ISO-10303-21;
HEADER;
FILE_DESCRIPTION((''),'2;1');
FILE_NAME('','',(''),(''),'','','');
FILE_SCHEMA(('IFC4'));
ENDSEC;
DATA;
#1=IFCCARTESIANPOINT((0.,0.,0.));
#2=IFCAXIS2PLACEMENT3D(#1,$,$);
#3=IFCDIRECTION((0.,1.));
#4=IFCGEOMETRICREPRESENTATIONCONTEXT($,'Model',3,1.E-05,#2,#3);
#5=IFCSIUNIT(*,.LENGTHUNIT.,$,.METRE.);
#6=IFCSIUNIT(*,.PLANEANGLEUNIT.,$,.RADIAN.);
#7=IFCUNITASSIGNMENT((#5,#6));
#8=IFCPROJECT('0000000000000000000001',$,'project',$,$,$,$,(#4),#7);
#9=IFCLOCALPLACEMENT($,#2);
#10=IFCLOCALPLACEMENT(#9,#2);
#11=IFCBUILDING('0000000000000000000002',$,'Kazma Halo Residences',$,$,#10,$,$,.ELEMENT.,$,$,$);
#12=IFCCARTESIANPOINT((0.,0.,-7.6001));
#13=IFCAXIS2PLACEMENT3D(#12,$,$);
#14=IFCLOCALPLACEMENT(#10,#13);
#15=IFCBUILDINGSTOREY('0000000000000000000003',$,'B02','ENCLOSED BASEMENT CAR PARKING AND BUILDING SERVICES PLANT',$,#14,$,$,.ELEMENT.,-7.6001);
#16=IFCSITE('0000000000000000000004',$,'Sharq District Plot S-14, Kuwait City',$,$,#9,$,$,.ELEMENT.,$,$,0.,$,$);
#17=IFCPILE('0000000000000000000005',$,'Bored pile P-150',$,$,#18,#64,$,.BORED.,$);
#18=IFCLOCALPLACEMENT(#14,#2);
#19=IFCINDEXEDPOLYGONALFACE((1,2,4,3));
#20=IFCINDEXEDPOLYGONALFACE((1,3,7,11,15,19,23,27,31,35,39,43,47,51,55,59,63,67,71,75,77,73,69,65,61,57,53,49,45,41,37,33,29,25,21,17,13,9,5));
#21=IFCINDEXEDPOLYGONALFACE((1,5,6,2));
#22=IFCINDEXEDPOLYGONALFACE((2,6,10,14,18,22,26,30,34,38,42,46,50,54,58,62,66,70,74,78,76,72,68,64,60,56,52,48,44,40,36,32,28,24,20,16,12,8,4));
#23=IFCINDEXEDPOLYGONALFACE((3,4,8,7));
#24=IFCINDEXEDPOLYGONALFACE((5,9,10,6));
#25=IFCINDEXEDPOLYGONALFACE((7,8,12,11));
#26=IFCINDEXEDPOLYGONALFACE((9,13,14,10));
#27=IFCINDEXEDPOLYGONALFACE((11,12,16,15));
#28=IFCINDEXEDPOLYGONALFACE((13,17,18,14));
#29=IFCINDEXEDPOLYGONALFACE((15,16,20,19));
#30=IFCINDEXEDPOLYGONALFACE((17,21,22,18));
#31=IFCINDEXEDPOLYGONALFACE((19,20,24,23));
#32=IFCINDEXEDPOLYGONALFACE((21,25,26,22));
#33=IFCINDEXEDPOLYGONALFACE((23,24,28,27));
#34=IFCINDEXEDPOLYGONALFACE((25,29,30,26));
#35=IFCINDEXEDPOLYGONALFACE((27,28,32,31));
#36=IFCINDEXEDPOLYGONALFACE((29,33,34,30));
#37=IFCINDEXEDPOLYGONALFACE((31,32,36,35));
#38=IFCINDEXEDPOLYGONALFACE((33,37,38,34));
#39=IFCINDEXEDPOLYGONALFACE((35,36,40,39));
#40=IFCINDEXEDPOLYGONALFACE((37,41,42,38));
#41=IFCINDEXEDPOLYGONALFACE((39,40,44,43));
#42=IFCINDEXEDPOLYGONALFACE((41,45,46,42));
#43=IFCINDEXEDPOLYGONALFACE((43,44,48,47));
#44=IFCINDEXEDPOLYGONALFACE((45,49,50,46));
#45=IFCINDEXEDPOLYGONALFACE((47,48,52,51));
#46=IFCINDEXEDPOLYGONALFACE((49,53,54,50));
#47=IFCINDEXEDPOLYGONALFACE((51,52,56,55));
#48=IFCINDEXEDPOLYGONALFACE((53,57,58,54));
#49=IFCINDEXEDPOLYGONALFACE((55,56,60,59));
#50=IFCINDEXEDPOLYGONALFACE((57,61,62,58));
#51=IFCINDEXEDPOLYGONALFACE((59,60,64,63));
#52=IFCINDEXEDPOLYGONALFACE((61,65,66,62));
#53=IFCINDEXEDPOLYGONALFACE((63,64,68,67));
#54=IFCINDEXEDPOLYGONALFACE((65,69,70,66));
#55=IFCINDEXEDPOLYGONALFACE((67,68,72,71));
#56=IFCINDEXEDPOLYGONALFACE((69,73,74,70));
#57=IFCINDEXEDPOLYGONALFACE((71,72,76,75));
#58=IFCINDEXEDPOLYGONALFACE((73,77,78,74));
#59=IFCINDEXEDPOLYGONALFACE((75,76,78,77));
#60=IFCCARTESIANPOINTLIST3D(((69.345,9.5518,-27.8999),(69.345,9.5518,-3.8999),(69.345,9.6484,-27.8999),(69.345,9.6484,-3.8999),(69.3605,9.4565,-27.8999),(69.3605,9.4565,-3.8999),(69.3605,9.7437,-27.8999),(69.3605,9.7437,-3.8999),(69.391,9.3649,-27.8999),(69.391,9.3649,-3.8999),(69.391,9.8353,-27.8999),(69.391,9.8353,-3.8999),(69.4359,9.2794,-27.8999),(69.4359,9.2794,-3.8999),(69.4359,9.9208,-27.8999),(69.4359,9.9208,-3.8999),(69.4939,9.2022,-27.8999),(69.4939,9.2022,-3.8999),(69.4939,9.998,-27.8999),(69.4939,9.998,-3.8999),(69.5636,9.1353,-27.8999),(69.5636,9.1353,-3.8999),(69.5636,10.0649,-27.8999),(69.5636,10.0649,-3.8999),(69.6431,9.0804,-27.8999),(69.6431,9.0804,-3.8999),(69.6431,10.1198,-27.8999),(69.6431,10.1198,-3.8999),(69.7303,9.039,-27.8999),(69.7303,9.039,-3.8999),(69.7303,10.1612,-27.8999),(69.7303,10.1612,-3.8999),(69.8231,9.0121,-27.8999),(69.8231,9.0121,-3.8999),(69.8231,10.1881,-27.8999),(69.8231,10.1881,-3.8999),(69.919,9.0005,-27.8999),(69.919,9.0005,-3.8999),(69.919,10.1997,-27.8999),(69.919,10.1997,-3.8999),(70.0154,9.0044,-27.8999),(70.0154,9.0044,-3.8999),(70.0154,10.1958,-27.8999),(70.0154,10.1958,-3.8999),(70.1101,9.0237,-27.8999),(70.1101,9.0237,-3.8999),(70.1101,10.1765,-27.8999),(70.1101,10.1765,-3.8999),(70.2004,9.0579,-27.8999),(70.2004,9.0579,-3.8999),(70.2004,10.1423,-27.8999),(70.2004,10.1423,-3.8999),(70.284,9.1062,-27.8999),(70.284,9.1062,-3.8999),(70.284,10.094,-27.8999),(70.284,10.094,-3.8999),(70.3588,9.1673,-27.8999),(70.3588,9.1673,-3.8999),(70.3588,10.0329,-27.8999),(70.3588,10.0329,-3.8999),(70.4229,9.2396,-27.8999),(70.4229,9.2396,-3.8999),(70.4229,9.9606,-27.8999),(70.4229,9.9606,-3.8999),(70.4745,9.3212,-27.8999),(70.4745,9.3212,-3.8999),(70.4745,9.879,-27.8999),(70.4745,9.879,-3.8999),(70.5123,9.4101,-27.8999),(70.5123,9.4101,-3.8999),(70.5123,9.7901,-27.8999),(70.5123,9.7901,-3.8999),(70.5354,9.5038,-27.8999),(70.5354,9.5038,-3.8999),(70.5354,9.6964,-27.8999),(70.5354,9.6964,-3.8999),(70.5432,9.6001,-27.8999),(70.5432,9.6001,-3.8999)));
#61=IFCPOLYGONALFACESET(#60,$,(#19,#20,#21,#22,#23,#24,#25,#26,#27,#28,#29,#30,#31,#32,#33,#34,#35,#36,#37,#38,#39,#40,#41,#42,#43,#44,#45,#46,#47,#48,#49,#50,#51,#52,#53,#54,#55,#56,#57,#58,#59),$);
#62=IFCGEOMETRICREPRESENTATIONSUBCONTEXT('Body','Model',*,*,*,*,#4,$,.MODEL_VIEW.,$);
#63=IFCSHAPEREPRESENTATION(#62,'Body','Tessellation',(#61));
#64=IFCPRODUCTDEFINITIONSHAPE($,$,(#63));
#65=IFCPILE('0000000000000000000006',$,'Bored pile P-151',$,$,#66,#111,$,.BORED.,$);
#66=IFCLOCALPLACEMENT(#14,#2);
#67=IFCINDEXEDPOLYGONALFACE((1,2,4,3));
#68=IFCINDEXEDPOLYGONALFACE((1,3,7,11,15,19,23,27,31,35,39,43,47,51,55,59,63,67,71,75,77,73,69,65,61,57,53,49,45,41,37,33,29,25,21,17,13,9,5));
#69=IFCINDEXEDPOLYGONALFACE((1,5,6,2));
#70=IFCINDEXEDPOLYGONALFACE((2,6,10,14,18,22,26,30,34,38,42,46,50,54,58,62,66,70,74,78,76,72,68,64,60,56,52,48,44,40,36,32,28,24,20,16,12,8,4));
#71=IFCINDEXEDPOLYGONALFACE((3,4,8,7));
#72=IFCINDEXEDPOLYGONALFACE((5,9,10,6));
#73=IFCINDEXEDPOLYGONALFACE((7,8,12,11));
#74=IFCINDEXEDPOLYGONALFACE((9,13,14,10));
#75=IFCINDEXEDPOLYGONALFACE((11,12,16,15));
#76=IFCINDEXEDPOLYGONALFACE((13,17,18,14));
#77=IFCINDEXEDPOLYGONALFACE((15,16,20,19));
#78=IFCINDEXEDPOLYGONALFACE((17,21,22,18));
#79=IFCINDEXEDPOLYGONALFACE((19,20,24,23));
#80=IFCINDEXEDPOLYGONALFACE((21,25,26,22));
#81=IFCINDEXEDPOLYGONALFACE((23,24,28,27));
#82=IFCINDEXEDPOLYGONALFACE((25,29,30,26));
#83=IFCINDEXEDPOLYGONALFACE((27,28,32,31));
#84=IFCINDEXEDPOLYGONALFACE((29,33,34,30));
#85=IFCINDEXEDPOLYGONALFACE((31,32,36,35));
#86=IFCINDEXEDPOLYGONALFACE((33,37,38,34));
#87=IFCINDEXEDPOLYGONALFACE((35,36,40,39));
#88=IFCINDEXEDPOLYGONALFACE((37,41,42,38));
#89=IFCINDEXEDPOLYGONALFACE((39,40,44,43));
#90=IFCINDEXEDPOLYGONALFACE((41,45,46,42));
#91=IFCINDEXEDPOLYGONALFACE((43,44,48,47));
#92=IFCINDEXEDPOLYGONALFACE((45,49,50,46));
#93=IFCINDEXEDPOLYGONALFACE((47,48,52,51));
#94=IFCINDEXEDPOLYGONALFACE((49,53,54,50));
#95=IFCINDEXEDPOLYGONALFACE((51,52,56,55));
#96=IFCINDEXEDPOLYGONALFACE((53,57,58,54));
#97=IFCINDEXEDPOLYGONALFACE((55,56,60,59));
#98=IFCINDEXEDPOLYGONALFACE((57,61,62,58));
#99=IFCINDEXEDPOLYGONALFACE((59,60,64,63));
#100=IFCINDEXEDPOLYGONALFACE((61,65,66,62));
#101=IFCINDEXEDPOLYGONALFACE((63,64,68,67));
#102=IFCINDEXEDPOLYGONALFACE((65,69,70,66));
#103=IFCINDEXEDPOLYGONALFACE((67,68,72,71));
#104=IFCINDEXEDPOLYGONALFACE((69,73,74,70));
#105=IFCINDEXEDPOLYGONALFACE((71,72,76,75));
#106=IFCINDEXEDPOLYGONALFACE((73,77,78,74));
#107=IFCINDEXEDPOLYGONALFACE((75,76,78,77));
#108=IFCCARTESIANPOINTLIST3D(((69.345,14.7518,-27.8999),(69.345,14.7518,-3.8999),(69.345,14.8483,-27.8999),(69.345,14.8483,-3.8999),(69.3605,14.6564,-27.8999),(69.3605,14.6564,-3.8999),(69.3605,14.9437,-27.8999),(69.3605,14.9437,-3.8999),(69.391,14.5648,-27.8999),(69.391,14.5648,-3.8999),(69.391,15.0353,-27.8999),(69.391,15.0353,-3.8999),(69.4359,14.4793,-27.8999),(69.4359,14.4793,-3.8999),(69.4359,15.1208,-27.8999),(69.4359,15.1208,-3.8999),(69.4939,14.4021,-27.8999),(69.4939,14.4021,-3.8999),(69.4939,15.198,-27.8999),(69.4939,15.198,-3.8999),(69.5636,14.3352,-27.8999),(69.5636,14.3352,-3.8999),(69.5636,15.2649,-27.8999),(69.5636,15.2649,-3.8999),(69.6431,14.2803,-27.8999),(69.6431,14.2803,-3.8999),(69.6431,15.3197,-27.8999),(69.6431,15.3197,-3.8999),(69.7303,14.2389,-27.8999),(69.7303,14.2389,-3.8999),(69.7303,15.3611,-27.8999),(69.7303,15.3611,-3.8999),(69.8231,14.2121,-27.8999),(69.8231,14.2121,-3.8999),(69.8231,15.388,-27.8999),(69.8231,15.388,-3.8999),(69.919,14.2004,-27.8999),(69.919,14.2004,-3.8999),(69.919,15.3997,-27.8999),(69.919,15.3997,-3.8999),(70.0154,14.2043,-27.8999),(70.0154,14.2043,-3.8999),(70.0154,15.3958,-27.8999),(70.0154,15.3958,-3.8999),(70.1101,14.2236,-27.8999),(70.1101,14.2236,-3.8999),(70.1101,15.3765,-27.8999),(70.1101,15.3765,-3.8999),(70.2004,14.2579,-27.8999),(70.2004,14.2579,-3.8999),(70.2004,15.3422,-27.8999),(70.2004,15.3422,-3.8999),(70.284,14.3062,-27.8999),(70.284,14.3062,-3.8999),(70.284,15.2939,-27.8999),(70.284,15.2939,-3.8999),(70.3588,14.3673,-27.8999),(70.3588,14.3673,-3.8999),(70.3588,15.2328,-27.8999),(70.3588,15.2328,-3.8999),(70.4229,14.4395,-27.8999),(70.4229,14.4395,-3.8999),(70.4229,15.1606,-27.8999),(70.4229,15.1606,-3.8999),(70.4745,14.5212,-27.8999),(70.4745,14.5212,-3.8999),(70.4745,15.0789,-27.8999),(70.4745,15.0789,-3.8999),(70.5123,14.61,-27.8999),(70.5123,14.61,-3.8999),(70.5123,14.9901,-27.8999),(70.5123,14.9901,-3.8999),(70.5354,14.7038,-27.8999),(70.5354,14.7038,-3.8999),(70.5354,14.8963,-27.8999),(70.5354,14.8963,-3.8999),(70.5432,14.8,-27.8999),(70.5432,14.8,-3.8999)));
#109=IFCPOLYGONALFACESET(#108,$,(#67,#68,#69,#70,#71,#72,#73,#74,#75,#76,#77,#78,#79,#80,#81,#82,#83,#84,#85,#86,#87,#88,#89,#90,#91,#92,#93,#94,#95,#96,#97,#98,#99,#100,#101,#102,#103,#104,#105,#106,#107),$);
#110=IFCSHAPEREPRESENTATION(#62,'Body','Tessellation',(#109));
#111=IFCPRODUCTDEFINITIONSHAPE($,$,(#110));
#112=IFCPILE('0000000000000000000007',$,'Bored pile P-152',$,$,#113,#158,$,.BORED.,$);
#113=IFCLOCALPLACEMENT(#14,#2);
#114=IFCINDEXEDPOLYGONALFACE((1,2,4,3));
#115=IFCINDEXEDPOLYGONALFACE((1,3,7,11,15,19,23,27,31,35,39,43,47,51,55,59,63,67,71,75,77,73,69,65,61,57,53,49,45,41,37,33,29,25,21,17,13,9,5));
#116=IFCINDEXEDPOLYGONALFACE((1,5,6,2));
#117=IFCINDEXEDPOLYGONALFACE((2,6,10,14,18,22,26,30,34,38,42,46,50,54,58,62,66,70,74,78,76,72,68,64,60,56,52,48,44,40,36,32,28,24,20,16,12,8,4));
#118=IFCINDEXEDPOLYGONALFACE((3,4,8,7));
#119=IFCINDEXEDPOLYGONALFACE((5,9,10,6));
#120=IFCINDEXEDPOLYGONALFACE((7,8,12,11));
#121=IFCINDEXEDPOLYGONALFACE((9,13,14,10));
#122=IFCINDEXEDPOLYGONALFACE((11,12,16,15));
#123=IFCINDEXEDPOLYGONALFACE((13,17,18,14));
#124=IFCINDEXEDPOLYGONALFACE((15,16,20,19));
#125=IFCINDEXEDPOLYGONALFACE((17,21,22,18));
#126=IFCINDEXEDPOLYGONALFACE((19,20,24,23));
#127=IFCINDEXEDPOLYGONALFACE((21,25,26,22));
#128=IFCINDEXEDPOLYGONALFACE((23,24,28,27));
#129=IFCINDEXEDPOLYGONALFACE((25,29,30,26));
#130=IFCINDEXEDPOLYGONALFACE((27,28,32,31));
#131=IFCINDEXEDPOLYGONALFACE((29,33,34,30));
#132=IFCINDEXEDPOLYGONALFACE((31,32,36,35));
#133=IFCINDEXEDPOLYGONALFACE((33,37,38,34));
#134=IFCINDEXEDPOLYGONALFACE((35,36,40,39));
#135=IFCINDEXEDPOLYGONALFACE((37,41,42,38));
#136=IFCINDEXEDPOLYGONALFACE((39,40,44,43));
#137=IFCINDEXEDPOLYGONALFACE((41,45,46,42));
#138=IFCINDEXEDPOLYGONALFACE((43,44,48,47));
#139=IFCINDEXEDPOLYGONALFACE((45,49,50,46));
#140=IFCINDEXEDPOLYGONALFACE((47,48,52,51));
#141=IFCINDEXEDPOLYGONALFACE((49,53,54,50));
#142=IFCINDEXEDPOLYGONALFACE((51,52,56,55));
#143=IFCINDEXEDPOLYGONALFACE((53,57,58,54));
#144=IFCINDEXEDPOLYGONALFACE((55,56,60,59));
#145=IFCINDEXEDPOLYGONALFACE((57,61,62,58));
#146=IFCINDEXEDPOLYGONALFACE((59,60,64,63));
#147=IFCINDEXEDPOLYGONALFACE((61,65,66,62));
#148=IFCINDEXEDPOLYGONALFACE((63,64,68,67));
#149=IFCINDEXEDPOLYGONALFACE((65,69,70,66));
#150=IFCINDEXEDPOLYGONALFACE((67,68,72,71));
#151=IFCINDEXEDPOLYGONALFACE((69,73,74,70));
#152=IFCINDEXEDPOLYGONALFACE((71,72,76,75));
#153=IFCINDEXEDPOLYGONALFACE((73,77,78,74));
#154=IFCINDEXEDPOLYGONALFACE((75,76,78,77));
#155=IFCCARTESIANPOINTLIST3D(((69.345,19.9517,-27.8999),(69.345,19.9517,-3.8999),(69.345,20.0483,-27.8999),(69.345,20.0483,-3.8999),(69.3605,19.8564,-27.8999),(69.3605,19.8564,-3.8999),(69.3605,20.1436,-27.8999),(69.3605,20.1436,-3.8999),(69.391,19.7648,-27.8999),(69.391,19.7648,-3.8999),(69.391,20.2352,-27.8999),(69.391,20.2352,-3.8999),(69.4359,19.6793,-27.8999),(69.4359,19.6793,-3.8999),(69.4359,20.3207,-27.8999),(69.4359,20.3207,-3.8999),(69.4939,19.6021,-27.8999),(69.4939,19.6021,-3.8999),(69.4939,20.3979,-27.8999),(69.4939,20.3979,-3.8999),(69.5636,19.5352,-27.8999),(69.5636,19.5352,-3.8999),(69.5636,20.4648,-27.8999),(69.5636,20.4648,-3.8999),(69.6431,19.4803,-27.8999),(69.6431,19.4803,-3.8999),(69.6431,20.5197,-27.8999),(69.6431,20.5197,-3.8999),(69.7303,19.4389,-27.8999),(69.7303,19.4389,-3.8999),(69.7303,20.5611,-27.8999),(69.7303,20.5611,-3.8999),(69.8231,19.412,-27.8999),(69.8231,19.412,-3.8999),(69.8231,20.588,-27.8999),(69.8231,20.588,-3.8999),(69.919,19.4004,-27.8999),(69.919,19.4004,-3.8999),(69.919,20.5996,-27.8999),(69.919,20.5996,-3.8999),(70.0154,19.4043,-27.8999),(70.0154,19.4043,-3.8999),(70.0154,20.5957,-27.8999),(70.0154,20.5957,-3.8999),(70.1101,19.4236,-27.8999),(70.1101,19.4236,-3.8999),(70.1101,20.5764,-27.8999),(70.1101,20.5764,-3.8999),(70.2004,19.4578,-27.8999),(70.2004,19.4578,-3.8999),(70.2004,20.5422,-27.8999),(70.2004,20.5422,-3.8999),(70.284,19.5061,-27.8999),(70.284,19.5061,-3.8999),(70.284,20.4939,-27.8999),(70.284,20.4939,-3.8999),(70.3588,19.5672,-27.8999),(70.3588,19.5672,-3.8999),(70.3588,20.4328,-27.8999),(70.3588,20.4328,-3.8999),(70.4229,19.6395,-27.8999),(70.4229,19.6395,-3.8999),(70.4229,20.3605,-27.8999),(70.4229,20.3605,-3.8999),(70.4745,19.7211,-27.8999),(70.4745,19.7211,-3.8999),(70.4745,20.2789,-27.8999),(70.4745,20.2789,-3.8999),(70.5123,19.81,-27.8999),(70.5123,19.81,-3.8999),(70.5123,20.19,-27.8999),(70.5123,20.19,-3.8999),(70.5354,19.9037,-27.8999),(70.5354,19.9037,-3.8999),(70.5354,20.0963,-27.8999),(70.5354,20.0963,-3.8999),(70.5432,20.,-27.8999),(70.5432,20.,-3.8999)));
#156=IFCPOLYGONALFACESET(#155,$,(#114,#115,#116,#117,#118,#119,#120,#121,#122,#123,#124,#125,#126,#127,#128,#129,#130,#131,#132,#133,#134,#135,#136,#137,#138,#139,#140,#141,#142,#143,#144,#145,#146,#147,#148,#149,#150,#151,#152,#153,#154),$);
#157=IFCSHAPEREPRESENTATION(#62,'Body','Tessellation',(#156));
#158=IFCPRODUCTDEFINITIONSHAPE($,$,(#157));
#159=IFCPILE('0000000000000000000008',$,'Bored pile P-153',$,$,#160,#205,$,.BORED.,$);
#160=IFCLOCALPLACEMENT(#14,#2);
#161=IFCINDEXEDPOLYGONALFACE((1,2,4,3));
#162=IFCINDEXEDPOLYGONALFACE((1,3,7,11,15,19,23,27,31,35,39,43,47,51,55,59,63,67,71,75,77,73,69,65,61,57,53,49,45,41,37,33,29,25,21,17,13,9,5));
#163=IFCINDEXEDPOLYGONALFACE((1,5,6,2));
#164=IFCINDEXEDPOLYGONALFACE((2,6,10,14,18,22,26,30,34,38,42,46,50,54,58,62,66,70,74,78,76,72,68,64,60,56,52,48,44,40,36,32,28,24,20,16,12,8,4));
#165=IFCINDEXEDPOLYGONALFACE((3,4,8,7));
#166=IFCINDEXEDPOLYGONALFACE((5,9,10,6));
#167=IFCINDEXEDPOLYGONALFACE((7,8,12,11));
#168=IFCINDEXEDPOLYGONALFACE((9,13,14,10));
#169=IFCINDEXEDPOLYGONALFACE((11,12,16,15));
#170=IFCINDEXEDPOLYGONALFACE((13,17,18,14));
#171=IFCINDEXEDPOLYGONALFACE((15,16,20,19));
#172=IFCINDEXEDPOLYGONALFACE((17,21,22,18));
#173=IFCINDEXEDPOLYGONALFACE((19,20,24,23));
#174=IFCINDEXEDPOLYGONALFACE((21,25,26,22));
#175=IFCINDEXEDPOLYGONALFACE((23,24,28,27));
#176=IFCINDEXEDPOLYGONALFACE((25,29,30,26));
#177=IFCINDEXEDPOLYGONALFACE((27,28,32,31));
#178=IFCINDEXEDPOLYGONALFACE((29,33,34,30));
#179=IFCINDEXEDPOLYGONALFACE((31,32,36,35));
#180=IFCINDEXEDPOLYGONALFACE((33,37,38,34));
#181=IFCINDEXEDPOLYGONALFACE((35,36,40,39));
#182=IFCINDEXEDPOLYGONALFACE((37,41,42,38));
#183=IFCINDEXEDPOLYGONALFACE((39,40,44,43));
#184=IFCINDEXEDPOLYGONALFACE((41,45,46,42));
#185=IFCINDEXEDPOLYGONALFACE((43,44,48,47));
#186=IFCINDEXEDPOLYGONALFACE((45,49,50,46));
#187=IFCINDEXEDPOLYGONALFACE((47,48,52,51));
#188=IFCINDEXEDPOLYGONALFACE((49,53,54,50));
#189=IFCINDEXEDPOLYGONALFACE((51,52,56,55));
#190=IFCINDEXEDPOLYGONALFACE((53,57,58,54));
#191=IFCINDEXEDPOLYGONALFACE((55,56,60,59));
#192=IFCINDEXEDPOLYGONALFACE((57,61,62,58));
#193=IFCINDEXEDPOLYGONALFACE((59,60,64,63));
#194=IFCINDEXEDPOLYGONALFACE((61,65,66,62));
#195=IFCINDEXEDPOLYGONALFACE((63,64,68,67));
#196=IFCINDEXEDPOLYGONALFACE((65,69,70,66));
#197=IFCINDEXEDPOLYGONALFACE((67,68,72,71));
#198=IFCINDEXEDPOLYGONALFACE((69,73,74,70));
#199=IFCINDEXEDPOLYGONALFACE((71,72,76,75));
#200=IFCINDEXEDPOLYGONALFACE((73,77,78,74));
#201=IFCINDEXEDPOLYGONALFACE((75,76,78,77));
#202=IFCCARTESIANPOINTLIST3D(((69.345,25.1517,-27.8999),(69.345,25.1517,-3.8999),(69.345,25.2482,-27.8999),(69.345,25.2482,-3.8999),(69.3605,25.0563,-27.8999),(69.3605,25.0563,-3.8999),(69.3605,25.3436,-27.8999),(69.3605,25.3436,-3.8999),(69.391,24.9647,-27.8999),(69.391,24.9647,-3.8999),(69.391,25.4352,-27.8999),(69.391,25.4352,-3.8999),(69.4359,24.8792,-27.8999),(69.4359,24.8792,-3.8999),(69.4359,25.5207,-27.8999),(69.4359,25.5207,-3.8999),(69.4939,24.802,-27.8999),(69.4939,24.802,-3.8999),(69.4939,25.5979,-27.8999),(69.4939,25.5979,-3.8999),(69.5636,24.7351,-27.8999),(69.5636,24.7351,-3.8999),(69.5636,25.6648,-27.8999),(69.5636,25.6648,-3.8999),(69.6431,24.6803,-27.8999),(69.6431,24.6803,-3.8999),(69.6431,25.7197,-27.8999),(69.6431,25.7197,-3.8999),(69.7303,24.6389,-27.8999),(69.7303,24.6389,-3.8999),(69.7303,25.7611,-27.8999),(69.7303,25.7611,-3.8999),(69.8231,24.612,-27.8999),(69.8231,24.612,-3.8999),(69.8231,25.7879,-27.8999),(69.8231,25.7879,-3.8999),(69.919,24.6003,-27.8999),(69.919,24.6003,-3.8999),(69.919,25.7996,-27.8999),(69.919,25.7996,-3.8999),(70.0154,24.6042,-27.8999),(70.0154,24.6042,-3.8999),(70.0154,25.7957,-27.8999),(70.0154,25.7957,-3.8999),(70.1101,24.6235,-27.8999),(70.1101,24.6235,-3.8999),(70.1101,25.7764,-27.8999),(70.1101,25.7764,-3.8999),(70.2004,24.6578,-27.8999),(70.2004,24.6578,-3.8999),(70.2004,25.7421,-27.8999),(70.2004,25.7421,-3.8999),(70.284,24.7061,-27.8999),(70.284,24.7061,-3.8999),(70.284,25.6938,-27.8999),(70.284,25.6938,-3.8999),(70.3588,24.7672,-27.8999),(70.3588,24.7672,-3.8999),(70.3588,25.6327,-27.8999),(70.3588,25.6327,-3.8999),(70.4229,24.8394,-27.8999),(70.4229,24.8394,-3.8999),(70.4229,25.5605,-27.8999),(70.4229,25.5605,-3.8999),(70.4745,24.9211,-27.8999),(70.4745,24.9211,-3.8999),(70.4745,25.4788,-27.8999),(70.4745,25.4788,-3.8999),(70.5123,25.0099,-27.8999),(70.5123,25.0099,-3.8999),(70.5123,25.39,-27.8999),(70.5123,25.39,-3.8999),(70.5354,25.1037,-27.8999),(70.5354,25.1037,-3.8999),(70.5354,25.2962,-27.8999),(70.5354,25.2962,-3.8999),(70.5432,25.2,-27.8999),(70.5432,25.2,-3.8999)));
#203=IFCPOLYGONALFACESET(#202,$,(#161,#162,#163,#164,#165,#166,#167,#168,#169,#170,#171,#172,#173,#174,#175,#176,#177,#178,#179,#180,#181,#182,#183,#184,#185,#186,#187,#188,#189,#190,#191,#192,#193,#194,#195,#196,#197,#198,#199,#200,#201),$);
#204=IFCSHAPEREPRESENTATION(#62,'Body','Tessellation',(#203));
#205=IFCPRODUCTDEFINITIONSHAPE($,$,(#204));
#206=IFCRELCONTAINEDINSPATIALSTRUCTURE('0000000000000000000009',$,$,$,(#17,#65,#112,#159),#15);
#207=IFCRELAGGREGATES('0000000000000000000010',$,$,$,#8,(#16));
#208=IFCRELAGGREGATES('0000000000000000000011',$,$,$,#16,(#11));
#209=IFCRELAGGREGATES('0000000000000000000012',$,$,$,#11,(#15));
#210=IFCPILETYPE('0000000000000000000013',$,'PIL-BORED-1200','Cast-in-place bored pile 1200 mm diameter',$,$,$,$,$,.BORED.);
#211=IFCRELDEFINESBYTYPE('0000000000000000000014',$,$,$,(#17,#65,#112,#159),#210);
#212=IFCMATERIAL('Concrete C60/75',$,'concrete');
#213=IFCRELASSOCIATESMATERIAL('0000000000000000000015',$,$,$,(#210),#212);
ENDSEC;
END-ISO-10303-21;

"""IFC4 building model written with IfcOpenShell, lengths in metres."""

from ifc_helpers import new_model, si_unit, direction, frame, origin, origin_2d, place, context, subcontext, project, spatial, circle, extrude, material, material_profile, profile_set, type_object, element, save


model = new_model("IFC4")

# Units and contexts
model_context = context("Model", 3, precision=1e-05, world=origin(), true_north=direction((0.0, 1.0)))
body_context = subcontext(model_context, "Body", "Model", "MODEL_VIEW")
ifc_project = project(units=[si_unit("LENGTHUNIT", "METRE"), si_unit("PLANEANGLEUNIT", "RADIAN")], contexts=[model_context])

# Site, building, storey
site_placement = place(None, origin())
site = spatial("IfcSite", under=ifc_project, at=site_placement, Name="Sharq District Plot S-14, Kuwait City", CompositionType="ELEMENT", RefElevation=0.0)
building_placement = place(site_placement, origin())
building = spatial("IfcBuilding", under=site, at=building_placement, Name="Kazma Halo Residences", CompositionType="ELEMENT")
storey_placement = place(building_placement, frame((0.0, 0.0, -7.6001)))
storey = spatial("IfcBuildingStorey", under=building, at=storey_placement, Name="B02", Description="ENCLOSED BASEMENT CAR PARKING AND BUILDING SERVICES PLANT", CompositionType="ELEMENT", Elevation=-7.6001)

# Piles
ifc_material_1 = material(Name="Concrete C60/75", Category="concrete")
ifc_material_profile_1 = material_profile(ifc_material_1, circle(Radius=0.6001, at=origin_2d()), Name="CIRC1200")
ifc_profile_set_1 = profile_set([ifc_material_profile_1], Name="Concrete C60/75")
pile_type = type_object("IfcPileType", Name="PIL-BORED-1200", Description="Cast-in-place bored pile 1200 mm diameter", PredefinedType="BORED", material=ifc_profile_set_1)
for number, where, z_axis, x_axis, name in (
    (1, (69.9431, 9.6001, -3.8999), (0.0, 0.0, -1.0), (1.0, 0.0, 0.0), "Bored pile P-150"),
    (2, (69.9431, 14.8, -3.8999), (0.0, 0.0, -1.0), (1.0, 0.0, 0.0), "Bored pile P-151"),
    (3, (69.9431, 20.0, -3.8999), (0.0, 0.0, -1.0), (1.0, 0.0, 0.0), "Bored pile P-152"),
    (4, (69.9431, 25.2, -3.8999), (0.0, 0.0, -1.0), (1.0, 0.0, 0.0), "Bored pile P-153"),
):
    element("IfcPile", number, at=place(storey_placement, frame(where, z_axis=z_axis, x_axis=x_axis)), inside=storey, type_object=pile_type, Name=name, PredefinedType="BORED", context=body_context, shape_type="SweptSolid", body=[
        extrude(circle(Radius=0.6001, at=origin_2d()), origin(), (0.0, 0.0, 1.0), 24.0),
    ])

save(model, "model.ifc")
